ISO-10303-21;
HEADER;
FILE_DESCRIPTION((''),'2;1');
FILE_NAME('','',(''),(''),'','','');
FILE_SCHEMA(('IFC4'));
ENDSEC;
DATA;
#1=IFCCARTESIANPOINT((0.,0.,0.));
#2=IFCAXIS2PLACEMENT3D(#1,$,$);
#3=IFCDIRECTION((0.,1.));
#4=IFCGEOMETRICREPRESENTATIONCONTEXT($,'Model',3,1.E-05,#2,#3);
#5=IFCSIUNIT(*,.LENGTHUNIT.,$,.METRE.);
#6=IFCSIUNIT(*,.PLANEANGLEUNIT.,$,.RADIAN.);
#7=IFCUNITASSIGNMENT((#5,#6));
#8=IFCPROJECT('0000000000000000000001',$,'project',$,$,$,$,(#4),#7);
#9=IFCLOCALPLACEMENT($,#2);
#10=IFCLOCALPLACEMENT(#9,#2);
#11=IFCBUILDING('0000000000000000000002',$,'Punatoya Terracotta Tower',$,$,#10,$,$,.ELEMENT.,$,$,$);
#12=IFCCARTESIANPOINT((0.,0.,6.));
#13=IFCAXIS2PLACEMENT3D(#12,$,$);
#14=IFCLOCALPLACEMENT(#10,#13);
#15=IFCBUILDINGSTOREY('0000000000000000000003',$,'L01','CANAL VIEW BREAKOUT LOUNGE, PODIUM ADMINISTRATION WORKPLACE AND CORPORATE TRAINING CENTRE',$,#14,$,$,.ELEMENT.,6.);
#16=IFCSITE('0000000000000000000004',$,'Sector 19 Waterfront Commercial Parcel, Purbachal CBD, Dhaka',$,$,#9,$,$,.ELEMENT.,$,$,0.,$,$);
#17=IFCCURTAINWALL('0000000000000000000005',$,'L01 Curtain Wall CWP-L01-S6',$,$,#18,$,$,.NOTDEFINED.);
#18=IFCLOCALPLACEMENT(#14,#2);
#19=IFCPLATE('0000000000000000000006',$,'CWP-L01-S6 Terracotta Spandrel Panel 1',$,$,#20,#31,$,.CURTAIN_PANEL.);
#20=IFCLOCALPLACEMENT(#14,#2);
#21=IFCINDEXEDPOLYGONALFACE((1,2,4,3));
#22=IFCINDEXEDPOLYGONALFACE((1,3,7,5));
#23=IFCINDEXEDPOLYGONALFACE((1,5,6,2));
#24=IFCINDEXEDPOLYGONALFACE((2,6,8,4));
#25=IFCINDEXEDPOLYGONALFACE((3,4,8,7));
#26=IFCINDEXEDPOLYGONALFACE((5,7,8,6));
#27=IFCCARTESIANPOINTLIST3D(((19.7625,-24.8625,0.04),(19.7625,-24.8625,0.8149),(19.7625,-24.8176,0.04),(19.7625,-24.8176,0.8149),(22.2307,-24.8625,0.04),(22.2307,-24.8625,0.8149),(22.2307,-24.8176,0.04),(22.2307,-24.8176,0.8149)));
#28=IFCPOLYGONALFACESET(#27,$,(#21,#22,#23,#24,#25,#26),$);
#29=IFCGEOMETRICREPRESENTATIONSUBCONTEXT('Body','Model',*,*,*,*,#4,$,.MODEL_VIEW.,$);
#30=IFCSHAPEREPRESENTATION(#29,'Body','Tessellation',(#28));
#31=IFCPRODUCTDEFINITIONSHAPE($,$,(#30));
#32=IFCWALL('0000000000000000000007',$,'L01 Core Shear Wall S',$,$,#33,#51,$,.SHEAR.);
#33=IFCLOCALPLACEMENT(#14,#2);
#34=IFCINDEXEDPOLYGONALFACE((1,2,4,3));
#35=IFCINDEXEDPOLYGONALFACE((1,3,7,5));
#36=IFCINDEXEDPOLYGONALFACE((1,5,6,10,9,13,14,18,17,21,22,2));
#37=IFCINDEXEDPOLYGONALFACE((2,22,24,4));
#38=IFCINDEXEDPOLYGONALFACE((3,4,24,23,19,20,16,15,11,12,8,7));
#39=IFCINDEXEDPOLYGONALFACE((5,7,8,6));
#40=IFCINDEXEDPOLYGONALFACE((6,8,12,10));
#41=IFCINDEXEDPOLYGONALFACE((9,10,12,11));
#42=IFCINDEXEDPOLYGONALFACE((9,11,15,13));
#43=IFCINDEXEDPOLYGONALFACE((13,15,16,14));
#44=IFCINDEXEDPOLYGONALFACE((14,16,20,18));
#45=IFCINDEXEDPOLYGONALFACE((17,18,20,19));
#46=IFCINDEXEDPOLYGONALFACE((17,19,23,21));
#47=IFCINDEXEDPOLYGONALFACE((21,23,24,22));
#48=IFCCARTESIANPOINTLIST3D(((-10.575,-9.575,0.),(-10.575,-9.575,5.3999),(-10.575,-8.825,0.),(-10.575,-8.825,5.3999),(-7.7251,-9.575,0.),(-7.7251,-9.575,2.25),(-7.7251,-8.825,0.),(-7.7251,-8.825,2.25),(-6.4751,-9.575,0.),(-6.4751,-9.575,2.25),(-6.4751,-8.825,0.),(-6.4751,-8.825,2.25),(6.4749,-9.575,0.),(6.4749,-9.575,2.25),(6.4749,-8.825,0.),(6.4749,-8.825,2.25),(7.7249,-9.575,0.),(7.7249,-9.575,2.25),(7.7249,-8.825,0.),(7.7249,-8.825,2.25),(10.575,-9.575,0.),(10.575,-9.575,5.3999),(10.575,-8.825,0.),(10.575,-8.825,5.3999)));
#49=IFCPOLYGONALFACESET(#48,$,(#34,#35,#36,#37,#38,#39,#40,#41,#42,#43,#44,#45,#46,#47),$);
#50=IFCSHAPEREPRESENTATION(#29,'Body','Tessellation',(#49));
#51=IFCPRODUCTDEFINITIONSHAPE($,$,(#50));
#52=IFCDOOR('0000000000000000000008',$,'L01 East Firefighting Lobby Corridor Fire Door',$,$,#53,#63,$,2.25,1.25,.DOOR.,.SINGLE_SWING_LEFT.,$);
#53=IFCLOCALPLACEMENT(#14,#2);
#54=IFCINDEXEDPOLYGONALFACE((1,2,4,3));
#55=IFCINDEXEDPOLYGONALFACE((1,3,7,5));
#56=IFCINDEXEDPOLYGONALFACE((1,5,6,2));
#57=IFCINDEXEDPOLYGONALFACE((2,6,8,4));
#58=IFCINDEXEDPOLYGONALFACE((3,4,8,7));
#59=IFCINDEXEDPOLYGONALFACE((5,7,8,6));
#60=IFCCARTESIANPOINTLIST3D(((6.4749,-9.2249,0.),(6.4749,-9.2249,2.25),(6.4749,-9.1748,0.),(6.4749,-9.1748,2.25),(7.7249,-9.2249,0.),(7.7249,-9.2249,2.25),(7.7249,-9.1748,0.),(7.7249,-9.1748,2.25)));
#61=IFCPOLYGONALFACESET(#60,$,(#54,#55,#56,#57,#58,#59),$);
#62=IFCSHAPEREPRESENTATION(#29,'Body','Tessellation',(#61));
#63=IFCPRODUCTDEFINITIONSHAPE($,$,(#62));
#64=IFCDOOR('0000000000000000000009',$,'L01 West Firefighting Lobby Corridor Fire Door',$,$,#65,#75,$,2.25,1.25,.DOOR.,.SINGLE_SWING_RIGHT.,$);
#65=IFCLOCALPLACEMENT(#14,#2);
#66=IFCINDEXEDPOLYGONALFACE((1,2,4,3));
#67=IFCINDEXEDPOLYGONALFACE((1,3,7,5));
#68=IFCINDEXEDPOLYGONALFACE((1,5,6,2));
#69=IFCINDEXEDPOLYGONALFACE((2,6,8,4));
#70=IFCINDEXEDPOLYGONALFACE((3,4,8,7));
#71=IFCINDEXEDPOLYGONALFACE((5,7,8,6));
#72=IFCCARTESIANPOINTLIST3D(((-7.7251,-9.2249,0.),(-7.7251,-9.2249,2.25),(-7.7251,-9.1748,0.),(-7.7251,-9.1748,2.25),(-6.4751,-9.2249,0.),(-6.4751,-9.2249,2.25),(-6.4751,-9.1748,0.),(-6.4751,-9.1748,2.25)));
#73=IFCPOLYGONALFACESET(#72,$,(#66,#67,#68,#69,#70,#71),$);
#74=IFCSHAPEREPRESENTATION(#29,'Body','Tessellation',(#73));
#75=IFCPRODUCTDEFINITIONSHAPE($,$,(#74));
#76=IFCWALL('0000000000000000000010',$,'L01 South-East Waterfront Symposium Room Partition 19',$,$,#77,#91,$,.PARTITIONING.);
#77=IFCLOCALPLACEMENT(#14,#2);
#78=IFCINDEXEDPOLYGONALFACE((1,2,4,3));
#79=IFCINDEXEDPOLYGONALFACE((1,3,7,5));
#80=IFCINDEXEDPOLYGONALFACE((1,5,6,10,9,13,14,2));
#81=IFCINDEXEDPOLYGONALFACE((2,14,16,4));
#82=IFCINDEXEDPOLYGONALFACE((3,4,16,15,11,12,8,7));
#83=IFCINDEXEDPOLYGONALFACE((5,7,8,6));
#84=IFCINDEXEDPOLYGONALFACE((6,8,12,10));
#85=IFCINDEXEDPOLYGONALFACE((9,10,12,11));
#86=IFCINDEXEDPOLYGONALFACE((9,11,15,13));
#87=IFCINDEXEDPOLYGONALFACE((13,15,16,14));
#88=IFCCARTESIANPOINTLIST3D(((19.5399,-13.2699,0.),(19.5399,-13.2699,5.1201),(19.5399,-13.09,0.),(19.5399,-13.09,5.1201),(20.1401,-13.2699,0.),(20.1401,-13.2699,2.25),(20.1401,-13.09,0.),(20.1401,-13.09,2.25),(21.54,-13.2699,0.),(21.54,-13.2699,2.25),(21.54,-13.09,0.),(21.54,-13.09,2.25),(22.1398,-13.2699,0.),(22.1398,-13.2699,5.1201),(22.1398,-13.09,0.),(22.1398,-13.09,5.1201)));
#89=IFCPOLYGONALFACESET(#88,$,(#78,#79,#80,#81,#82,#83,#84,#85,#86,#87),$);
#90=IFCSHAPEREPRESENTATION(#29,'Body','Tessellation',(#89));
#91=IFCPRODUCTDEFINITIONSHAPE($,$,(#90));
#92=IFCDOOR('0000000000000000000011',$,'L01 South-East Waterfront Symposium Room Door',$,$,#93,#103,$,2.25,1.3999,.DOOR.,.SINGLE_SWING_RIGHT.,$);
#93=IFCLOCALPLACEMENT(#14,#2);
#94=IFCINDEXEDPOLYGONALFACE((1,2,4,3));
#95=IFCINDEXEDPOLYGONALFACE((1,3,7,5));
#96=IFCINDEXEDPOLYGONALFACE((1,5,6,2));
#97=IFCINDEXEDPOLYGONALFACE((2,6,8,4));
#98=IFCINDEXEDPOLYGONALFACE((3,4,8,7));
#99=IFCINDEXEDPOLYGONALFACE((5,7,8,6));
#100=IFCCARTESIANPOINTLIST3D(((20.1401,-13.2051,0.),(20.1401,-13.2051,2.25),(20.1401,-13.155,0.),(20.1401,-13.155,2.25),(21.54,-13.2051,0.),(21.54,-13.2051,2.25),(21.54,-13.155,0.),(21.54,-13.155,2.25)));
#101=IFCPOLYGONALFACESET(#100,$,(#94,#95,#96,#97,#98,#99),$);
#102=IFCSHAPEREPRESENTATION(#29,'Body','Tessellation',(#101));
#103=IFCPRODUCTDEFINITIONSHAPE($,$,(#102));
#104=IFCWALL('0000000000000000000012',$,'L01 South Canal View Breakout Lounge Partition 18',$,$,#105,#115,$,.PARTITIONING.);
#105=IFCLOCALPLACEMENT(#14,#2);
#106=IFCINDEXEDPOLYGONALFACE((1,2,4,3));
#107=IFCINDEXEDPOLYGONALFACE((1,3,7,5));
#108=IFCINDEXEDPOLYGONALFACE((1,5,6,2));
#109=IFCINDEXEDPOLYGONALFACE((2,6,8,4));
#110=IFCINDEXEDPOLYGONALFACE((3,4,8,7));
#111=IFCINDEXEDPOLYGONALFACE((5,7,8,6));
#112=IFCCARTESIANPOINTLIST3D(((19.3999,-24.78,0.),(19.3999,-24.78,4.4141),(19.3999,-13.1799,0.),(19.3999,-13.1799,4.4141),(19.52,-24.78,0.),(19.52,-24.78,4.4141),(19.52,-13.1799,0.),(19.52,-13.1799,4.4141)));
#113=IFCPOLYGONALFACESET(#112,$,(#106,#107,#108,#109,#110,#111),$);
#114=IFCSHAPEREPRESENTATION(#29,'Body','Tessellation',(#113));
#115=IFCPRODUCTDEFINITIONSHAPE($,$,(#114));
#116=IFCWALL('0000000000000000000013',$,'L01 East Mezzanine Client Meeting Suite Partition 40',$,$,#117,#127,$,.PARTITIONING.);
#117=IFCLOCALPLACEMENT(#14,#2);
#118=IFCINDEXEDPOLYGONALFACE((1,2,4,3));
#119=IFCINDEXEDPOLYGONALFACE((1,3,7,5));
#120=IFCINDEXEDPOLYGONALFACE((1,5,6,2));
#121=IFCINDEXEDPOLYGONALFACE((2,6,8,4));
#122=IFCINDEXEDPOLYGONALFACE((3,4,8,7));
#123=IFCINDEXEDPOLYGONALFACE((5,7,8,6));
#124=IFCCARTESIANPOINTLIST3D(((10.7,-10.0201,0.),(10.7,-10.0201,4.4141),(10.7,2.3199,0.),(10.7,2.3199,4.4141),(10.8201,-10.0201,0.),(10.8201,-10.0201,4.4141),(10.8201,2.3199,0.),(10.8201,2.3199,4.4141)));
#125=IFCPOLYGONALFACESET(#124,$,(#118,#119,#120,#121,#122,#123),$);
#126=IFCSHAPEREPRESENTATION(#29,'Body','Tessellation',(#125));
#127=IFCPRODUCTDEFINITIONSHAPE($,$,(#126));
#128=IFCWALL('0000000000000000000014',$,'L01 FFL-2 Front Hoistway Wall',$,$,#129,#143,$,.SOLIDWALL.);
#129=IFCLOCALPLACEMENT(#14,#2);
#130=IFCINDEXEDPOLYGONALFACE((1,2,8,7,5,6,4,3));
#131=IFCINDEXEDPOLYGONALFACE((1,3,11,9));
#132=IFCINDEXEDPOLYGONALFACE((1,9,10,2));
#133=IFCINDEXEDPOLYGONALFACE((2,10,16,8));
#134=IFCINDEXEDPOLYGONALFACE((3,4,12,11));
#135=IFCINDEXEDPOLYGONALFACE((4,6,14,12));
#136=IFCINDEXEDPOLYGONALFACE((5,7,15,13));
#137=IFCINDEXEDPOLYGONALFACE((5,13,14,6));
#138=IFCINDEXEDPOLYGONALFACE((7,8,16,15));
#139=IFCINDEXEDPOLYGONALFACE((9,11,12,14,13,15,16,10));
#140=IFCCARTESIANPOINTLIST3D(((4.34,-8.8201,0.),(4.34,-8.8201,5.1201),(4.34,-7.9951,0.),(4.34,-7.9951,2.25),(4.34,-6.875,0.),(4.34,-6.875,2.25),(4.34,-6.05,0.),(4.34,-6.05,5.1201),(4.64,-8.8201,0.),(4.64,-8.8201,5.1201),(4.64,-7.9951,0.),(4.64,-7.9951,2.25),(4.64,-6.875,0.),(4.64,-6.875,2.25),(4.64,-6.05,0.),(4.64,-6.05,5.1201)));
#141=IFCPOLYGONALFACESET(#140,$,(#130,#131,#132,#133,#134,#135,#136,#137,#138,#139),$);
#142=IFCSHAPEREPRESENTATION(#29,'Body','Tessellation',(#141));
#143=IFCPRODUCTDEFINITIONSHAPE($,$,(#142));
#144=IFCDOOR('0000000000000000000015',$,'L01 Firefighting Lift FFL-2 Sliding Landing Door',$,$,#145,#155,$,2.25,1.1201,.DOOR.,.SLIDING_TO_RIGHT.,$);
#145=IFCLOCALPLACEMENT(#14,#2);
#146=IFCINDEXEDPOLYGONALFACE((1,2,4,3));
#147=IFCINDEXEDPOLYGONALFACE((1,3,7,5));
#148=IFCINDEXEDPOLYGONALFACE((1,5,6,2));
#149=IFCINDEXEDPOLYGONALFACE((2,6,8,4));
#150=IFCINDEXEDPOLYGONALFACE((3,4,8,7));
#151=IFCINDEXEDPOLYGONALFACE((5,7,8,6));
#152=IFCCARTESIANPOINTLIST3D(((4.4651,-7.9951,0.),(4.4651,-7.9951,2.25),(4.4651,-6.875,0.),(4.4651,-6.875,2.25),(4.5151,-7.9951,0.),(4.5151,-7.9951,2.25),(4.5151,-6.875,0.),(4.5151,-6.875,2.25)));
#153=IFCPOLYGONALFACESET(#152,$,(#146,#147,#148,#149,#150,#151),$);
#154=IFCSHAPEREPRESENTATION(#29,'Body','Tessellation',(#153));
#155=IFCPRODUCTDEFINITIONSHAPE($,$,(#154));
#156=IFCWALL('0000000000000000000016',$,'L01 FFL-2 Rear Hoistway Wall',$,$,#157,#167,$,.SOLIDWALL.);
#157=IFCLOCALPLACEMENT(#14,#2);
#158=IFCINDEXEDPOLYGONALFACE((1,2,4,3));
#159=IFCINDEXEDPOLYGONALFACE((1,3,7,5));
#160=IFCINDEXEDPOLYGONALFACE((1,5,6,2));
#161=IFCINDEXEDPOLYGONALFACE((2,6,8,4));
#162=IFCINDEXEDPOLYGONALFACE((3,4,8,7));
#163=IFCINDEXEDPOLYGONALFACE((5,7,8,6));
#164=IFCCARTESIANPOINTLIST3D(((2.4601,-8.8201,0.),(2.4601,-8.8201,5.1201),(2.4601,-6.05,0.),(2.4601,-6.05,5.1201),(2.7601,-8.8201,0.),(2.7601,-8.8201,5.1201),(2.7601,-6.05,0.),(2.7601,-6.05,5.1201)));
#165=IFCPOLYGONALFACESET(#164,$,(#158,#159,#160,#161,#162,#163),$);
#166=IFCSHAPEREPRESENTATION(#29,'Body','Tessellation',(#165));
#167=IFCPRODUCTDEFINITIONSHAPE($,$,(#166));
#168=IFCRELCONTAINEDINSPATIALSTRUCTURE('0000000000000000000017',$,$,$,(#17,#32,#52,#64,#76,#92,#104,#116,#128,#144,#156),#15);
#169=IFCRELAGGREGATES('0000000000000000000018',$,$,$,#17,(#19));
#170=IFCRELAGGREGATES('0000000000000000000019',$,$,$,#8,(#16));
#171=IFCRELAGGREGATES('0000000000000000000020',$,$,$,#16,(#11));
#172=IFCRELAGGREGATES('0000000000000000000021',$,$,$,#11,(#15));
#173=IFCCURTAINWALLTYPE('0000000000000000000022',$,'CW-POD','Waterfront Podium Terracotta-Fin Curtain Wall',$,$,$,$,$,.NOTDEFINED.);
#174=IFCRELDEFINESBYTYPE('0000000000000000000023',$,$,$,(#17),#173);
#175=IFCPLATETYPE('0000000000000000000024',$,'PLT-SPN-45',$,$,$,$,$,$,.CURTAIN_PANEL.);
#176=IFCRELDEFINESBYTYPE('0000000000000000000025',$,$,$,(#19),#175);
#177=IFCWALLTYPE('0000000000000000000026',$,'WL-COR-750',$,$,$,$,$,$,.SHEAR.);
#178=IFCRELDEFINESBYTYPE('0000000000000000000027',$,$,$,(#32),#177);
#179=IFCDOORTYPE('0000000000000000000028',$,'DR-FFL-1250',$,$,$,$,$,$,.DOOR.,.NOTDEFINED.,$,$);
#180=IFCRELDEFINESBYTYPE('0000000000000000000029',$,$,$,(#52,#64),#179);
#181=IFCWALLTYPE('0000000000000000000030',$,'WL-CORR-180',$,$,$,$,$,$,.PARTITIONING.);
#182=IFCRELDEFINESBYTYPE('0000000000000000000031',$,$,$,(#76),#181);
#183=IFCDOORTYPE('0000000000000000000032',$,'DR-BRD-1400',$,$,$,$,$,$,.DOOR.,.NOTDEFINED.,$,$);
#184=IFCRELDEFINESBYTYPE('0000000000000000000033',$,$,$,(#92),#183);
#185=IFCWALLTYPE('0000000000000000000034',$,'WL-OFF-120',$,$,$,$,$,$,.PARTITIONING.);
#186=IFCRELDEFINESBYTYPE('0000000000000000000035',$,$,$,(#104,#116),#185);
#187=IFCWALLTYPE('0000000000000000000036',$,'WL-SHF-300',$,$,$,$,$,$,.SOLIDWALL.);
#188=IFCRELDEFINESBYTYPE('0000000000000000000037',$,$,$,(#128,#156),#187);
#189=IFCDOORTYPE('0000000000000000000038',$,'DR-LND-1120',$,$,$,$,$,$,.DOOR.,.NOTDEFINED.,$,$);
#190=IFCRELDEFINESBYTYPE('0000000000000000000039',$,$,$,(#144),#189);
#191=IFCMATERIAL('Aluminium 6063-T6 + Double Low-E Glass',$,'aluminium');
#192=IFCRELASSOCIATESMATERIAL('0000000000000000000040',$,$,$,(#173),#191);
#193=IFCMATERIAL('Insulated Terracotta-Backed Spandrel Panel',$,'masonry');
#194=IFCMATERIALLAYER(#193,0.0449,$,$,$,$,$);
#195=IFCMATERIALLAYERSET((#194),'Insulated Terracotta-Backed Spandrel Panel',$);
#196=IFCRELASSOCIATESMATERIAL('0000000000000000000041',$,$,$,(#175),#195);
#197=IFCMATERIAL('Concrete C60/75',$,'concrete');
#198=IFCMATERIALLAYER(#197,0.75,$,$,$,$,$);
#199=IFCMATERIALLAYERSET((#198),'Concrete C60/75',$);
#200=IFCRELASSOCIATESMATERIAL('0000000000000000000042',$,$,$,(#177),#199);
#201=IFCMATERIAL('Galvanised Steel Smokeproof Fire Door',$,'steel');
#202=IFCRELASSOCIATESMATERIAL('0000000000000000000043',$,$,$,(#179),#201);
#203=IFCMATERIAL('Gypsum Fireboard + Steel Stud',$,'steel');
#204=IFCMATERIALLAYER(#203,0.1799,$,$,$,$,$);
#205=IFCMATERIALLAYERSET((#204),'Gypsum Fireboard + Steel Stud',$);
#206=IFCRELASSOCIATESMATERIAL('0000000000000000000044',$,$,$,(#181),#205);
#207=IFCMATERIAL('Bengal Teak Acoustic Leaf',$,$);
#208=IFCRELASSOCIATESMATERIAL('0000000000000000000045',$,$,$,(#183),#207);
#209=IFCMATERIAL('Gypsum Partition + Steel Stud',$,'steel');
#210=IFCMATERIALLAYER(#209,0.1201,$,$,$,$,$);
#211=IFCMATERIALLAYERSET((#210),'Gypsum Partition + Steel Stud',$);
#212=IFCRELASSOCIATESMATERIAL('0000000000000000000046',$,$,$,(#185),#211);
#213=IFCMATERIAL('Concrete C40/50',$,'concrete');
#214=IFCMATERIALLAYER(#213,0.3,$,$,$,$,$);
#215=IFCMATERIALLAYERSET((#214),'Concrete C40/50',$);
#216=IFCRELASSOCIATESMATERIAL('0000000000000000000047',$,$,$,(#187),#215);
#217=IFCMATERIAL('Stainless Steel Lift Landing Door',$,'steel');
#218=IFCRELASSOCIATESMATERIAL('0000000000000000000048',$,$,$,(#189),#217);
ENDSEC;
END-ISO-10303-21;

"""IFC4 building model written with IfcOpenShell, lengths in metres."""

from ifc_helpers import new_model, si_unit, direction, frame, frame_2d, origin, origin_2d, place, context, subcontext, project, spatial, rectangle, extrude, material, layer, layer_set, type_object, element, fill, aggregate, save


model = new_model("IFC4")

# Units and contexts
model_context = context("Model", 3, precision=1e-05, world=origin(), true_north=direction((0.0, 1.0)))
body_context = subcontext(model_context, "Body", "Model", "MODEL_VIEW")
ifc_project = project(units=[si_unit("LENGTHUNIT", "METRE"), si_unit("PLANEANGLEUNIT", "RADIAN")], contexts=[model_context])

# Site, building, storey
site_placement = place(None, origin())
site = spatial("IfcSite", under=ifc_project, at=site_placement, Name="Sector 19 Waterfront Commercial Parcel, Purbachal CBD, Dhaka", CompositionType="ELEMENT", RefElevation=0.0)
building_placement = place(site_placement, origin())
building = spatial("IfcBuilding", under=site, at=building_placement, Name="Punatoya Terracotta Tower", CompositionType="ELEMENT")
storey_placement = place(building_placement, frame((0.0, 0.0, 6.0)))
storey = spatial("IfcBuildingStorey", under=building, at=storey_placement, Name="L01", Description="CANAL VIEW BREAKOUT LOUNGE, PODIUM ADMINISTRATION WORKPLACE AND CORPORATE TRAINING CENTRE", CompositionType="ELEMENT", Elevation=6.0)

# Curtain wall, plate
ifc_material_1 = material(Name="Aluminium 6063-T6 + Double Low-E Glass", Category="aluminium")
curtain_wall_type = type_object("IfcCurtainWallType", Name="CW-POD", Description="Waterfront Podium Terracotta-Fin Curtain Wall", PredefinedType="NOTDEFINED", material=ifc_material_1)
curtain_wall_placement = place(storey_placement, origin())
curtain_wall = element("IfcCurtainWall", 1, at=curtain_wall_placement, inside=storey, type_object=curtain_wall_type, Name="L01 Curtain Wall CWP-L01-S6", PredefinedType="NOTDEFINED")
ifc_material_2 = material(Name="Insulated Terracotta-Backed Spandrel Panel", Category="masonry")
ifc_layer_1 = layer(ifc_material_2, 0.0449)
ifc_layer_set_1 = layer_set([ifc_layer_1], Name="Insulated Terracotta-Backed Spandrel Panel")
plate_type = type_object("IfcPlateType", Name="PLT-SPN-45", PredefinedType="CURTAIN_PANEL", material=ifc_layer_set_1)
plate_placement = place(storey_placement, frame((20.9966, -24.8401, 0.04), z_axis=(0.0, 0.0, 1.0), x_axis=(1.0, 0.0, 0.0)))
plate = element("IfcPlate", 2, at=plate_placement, type_object=plate_type, Name="CWP-L01-S6 Terracotta Spandrel Panel 1", PredefinedType="CURTAIN_PANEL", context=body_context, shape_type="SweptSolid", body=[
    extrude(rectangle(XDim=2.4683, YDim=0.0449, at=origin_2d()), origin(), (0.0, 0.0, 1.0), 0.7749),
])
aggregate(curtain_wall, [plate])

# Wall, openings, doors
ifc_material_3 = material(Name="Concrete C60/75", Category="concrete")
ifc_layer_2 = layer(ifc_material_3, 0.75)
ifc_layer_set_2 = layer_set([ifc_layer_2], Name="Concrete C60/75")
wall_type_1 = type_object("IfcWallType", Name="WL-COR-750", PredefinedType="SHEAR", material=ifc_layer_set_2)
wall_1_placement = place(storey_placement, frame((10.575, -9.2, 0.0), z_axis=(0.0, 0.0, 1.0), x_axis=(-1.0, 0.0, 0.0)))
wall_1 = element("IfcWall", 3, at=wall_1_placement, inside=storey, type_object=wall_type_1, Name="L01 Core Shear Wall S", PredefinedType="SHEAR", context=body_context, shape_type="SweptSolid", body=[
    extrude(rectangle(XDim=21.1499, YDim=0.75, at=frame_2d((10.575, 0.0))), origin(), (0.0, 0.0, 1.0), 5.3999),
])
opening_1_placement = place(wall_1_placement, frame((2.8501, 0.0, 0.0)))
opening_1 = element("IfcOpeningElement", 4, at=opening_1_placement, cuts=wall_1, PredefinedType="OPENING", context=body_context, shape_type="SweptSolid", body=[
    extrude(rectangle(XDim=1.25, YDim=2.25, at=frame_2d((0.625, 1.125))), frame((0.0, 0.385, 0.0), z_axis=(0.0, -1.0, 0.0), x_axis=(1.0, 0.0, 0.0)), (0.0, 0.0, 1.0), 0.77),
])
opening_2_placement = place(wall_1_placement, frame((17.05, 0.0, 0.0)))
opening_2 = element("IfcOpeningElement", 5, at=opening_2_placement, cuts=wall_1, PredefinedType="OPENING", context=body_context, shape_type="SweptSolid", body=[
    extrude(rectangle(XDim=1.25, YDim=2.25, at=frame_2d((0.625, 1.125))), frame((0.0, 0.385, 0.0), z_axis=(0.0, -1.0, 0.0), x_axis=(1.0, 0.0, 0.0)), (0.0, 0.0, 1.0), 0.77),
])
ifc_material_4 = material(Name="Galvanised Steel Smokeproof Fire Door", Category="steel")
door_type_1 = type_object("IfcDoorType", Name="DR-FFL-1250", OperationType="NOTDEFINED", PredefinedType="DOOR", material=ifc_material_4)
door_1_placement = place(opening_1_placement, origin())
door_1 = element("IfcDoor", 6, at=door_1_placement, inside=storey, type_object=door_type_1, Name="L01 East Firefighting Lobby Corridor Fire Door", OperationType="SINGLE_SWING_LEFT", OverallHeight=2.25, OverallWidth=1.25, PredefinedType="DOOR", context=body_context, shape_type="SweptSolid", body=[
    extrude(rectangle(XDim=1.25, YDim=2.25, at=frame_2d((0.625, 1.125))), frame((0.0, 0.0249, 0.0), z_axis=(0.0, -1.0, 0.0), x_axis=(1.0, 0.0, 0.0)), (0.0, 0.0, 1.0), 0.05),
])
fill(opening_1, door_1)
door_2_placement = place(opening_2_placement, origin())
door_2 = element("IfcDoor", 7, at=door_2_placement, inside=storey, type_object=door_type_1, Name="L01 West Firefighting Lobby Corridor Fire Door", OperationType="SINGLE_SWING_RIGHT", OverallHeight=2.25, OverallWidth=1.25, PredefinedType="DOOR", context=body_context, shape_type="SweptSolid", body=[
    extrude(rectangle(XDim=1.25, YDim=2.25, at=frame_2d((0.625, 1.125))), frame((0.0, 0.0249, 0.0), z_axis=(0.0, -1.0, 0.0), x_axis=(1.0, 0.0, 0.0)), (0.0, 0.0, 1.0), 0.05),
])
fill(opening_2, door_2)

# Wall, opening, door
ifc_material_5 = material(Name="Gypsum Fireboard + Steel Stud", Category="steel")
ifc_layer_3 = layer(ifc_material_5, 0.1799)
ifc_layer_set_3 = layer_set([ifc_layer_3], Name="Gypsum Fireboard + Steel Stud")
wall_type_2 = type_object("IfcWallType", Name="WL-CORR-180", PredefinedType="PARTITIONING", material=ifc_layer_set_3)
wall_2_placement = place(storey_placement, frame((19.54, -13.1799, 0.0), z_axis=(0.0, 0.0, 1.0), x_axis=(1.0, 0.0, 0.0)))
wall_2 = element("IfcWall", 8, at=wall_2_placement, inside=storey, type_object=wall_type_2, Name="L01 South-East Waterfront Symposium Room Partition 19", PredefinedType="PARTITIONING", context=body_context, shape_type="SweptSolid", body=[
    extrude(rectangle(XDim=2.5999, YDim=0.1799, at=frame_2d((1.2998, 0.0))), origin(), (0.0, 0.0, 1.0), 5.1201),
])
opening_3_placement = place(wall_2_placement, frame((0.6001, 0.0, 0.0)))
opening_3 = element("IfcOpeningElement", 9, at=opening_3_placement, cuts=wall_2, PredefinedType="OPENING", context=body_context, shape_type="SweptSolid", body=[
    extrude(rectangle(XDim=1.3999, YDim=2.25, at=frame_2d((0.7, 1.125))), frame((0.0, 0.0999, 0.0), z_axis=(0.0, -1.0, 0.0), x_axis=(1.0, 0.0, 0.0)), (0.0, 0.0, 1.0), 0.2),
])
ifc_material_6 = material(Name="Bengal Teak Acoustic Leaf")
door_type_2 = type_object("IfcDoorType", Name="DR-BRD-1400", OperationType="NOTDEFINED", PredefinedType="DOOR", material=ifc_material_6)
door_3_placement = place(opening_3_placement, origin())
door_3 = element("IfcDoor", 10, at=door_3_placement, inside=storey, type_object=door_type_2, Name="L01 South-East Waterfront Symposium Room Door", OperationType="SINGLE_SWING_RIGHT", OverallHeight=2.25, OverallWidth=1.3999, PredefinedType="DOOR", context=body_context, shape_type="SweptSolid", body=[
    extrude(rectangle(XDim=1.3999, YDim=2.25, at=frame_2d((0.7, 1.125))), frame((0.0, 0.0249, 0.0), z_axis=(0.0, -1.0, 0.0), x_axis=(1.0, 0.0, 0.0)), (0.0, 0.0, 1.0), 0.05),
])
fill(opening_3, door_3)

# Walls
ifc_material_7 = material(Name="Gypsum Partition + Steel Stud", Category="steel")
ifc_layer_4 = layer(ifc_material_7, 0.1201)
ifc_layer_set_4 = layer_set([ifc_layer_4], Name="Gypsum Partition + Steel Stud")
wall_type_3 = type_object("IfcWallType", Name="WL-OFF-120", PredefinedType="PARTITIONING", material=ifc_layer_set_4)
wall_3_placement = place(storey_placement, frame((19.46, -13.1799, 0.0), z_axis=(0.0, 0.0, 1.0), x_axis=(0.0, -1.0, 0.0)))
element("IfcWall", 11, at=wall_3_placement, inside=storey, type_object=wall_type_3, Name="L01 South Canal View Breakout Lounge Partition 18", PredefinedType="PARTITIONING", context=body_context, shape_type="SweptSolid", body=[
    extrude(rectangle(XDim=11.6001, YDim=0.1201, at=frame_2d((5.8, 0.0))), origin(), (0.0, 0.0, 1.0), 4.4141),
])
wall_4_placement = place(storey_placement, frame((10.76, -10.02, 0.0), z_axis=(0.0, 0.0, 1.0), x_axis=(0.0, 1.0, 0.0)))
element("IfcWall", 12, at=wall_4_placement, inside=storey, type_object=wall_type_3, Name="L01 East Mezzanine Client Meeting Suite Partition 40", PredefinedType="PARTITIONING", context=body_context, shape_type="SweptSolid", body=[
    extrude(rectangle(XDim=12.3401, YDim=0.1201, at=frame_2d((6.1699, 0.0))), origin(), (0.0, 0.0, 1.0), 4.4141),
])

# Wall, opening, door
ifc_material_8 = material(Name="Concrete C40/50", Category="concrete")
ifc_layer_5 = layer(ifc_material_8, 0.3)
ifc_layer_set_5 = layer_set([ifc_layer_5], Name="Concrete C40/50")
wall_type_4 = type_object("IfcWallType", Name="WL-SHF-300", PredefinedType="SOLIDWALL", material=ifc_layer_set_5)
wall_5_placement = place(storey_placement, frame((4.49, -8.8201, 0.0), z_axis=(0.0, 0.0, 1.0), x_axis=(0.0, 1.0, 0.0)))
wall_5 = element("IfcWall", 13, at=wall_5_placement, inside=storey, type_object=wall_type_4, Name="L01 FFL-2 Front Hoistway Wall", PredefinedType="SOLIDWALL", context=body_context, shape_type="SweptSolid", body=[
    extrude(rectangle(XDim=2.77, YDim=0.3, at=frame_2d((1.385, 0.0))), origin(), (0.0, 0.0, 1.0), 5.1201),
])
opening_4_placement = place(wall_5_placement, frame((0.825, 0.0, 0.0)))
opening_4 = element("IfcOpeningElement", 14, at=opening_4_placement, cuts=wall_5, PredefinedType="OPENING", context=body_context, shape_type="SweptSolid", body=[
    extrude(rectangle(XDim=1.1201, YDim=2.25, at=frame_2d((0.5601, 1.125))), frame((0.0, 0.1599, 0.0), z_axis=(0.0, -1.0, 0.0), x_axis=(1.0, 0.0, 0.0)), (0.0, 0.0, 1.0), 0.3201),
])
ifc_material_9 = material(Name="Stainless Steel Lift Landing Door", Category="steel")
door_type_3 = type_object("IfcDoorType", Name="DR-LND-1120", OperationType="NOTDEFINED", PredefinedType="DOOR", material=ifc_material_9)
door_4_placement = place(opening_4_placement, origin())
door_4 = element("IfcDoor", 15, at=door_4_placement, inside=storey, type_object=door_type_3, Name="L01 Firefighting Lift FFL-2 Sliding Landing Door", OperationType="SLIDING_TO_RIGHT", OverallHeight=2.25, OverallWidth=1.1201, PredefinedType="DOOR", context=body_context, shape_type="SweptSolid", body=[
    extrude(rectangle(XDim=1.1201, YDim=2.25, at=frame_2d((0.5601, 1.125))), frame((0.0, 0.0249, 0.0), z_axis=(0.0, -1.0, 0.0), x_axis=(1.0, 0.0, 0.0)), (0.0, 0.0, 1.0), 0.05),
])
fill(opening_4, door_4)

# Wall
wall_6_placement = place(storey_placement, frame((2.6101, -8.8201, 0.0), z_axis=(0.0, 0.0, 1.0), x_axis=(0.0, 1.0, 0.0)))
element("IfcWall", 16, at=wall_6_placement, inside=storey, type_object=wall_type_4, Name="L01 FFL-2 Rear Hoistway Wall", PredefinedType="SOLIDWALL", context=body_context, shape_type="SweptSolid", body=[
    extrude(rectangle(XDim=2.77, YDim=0.3, at=frame_2d((1.385, 0.0))), origin(), (0.0, 0.0, 1.0), 5.1201),
])

save(model, "model.ifc")
